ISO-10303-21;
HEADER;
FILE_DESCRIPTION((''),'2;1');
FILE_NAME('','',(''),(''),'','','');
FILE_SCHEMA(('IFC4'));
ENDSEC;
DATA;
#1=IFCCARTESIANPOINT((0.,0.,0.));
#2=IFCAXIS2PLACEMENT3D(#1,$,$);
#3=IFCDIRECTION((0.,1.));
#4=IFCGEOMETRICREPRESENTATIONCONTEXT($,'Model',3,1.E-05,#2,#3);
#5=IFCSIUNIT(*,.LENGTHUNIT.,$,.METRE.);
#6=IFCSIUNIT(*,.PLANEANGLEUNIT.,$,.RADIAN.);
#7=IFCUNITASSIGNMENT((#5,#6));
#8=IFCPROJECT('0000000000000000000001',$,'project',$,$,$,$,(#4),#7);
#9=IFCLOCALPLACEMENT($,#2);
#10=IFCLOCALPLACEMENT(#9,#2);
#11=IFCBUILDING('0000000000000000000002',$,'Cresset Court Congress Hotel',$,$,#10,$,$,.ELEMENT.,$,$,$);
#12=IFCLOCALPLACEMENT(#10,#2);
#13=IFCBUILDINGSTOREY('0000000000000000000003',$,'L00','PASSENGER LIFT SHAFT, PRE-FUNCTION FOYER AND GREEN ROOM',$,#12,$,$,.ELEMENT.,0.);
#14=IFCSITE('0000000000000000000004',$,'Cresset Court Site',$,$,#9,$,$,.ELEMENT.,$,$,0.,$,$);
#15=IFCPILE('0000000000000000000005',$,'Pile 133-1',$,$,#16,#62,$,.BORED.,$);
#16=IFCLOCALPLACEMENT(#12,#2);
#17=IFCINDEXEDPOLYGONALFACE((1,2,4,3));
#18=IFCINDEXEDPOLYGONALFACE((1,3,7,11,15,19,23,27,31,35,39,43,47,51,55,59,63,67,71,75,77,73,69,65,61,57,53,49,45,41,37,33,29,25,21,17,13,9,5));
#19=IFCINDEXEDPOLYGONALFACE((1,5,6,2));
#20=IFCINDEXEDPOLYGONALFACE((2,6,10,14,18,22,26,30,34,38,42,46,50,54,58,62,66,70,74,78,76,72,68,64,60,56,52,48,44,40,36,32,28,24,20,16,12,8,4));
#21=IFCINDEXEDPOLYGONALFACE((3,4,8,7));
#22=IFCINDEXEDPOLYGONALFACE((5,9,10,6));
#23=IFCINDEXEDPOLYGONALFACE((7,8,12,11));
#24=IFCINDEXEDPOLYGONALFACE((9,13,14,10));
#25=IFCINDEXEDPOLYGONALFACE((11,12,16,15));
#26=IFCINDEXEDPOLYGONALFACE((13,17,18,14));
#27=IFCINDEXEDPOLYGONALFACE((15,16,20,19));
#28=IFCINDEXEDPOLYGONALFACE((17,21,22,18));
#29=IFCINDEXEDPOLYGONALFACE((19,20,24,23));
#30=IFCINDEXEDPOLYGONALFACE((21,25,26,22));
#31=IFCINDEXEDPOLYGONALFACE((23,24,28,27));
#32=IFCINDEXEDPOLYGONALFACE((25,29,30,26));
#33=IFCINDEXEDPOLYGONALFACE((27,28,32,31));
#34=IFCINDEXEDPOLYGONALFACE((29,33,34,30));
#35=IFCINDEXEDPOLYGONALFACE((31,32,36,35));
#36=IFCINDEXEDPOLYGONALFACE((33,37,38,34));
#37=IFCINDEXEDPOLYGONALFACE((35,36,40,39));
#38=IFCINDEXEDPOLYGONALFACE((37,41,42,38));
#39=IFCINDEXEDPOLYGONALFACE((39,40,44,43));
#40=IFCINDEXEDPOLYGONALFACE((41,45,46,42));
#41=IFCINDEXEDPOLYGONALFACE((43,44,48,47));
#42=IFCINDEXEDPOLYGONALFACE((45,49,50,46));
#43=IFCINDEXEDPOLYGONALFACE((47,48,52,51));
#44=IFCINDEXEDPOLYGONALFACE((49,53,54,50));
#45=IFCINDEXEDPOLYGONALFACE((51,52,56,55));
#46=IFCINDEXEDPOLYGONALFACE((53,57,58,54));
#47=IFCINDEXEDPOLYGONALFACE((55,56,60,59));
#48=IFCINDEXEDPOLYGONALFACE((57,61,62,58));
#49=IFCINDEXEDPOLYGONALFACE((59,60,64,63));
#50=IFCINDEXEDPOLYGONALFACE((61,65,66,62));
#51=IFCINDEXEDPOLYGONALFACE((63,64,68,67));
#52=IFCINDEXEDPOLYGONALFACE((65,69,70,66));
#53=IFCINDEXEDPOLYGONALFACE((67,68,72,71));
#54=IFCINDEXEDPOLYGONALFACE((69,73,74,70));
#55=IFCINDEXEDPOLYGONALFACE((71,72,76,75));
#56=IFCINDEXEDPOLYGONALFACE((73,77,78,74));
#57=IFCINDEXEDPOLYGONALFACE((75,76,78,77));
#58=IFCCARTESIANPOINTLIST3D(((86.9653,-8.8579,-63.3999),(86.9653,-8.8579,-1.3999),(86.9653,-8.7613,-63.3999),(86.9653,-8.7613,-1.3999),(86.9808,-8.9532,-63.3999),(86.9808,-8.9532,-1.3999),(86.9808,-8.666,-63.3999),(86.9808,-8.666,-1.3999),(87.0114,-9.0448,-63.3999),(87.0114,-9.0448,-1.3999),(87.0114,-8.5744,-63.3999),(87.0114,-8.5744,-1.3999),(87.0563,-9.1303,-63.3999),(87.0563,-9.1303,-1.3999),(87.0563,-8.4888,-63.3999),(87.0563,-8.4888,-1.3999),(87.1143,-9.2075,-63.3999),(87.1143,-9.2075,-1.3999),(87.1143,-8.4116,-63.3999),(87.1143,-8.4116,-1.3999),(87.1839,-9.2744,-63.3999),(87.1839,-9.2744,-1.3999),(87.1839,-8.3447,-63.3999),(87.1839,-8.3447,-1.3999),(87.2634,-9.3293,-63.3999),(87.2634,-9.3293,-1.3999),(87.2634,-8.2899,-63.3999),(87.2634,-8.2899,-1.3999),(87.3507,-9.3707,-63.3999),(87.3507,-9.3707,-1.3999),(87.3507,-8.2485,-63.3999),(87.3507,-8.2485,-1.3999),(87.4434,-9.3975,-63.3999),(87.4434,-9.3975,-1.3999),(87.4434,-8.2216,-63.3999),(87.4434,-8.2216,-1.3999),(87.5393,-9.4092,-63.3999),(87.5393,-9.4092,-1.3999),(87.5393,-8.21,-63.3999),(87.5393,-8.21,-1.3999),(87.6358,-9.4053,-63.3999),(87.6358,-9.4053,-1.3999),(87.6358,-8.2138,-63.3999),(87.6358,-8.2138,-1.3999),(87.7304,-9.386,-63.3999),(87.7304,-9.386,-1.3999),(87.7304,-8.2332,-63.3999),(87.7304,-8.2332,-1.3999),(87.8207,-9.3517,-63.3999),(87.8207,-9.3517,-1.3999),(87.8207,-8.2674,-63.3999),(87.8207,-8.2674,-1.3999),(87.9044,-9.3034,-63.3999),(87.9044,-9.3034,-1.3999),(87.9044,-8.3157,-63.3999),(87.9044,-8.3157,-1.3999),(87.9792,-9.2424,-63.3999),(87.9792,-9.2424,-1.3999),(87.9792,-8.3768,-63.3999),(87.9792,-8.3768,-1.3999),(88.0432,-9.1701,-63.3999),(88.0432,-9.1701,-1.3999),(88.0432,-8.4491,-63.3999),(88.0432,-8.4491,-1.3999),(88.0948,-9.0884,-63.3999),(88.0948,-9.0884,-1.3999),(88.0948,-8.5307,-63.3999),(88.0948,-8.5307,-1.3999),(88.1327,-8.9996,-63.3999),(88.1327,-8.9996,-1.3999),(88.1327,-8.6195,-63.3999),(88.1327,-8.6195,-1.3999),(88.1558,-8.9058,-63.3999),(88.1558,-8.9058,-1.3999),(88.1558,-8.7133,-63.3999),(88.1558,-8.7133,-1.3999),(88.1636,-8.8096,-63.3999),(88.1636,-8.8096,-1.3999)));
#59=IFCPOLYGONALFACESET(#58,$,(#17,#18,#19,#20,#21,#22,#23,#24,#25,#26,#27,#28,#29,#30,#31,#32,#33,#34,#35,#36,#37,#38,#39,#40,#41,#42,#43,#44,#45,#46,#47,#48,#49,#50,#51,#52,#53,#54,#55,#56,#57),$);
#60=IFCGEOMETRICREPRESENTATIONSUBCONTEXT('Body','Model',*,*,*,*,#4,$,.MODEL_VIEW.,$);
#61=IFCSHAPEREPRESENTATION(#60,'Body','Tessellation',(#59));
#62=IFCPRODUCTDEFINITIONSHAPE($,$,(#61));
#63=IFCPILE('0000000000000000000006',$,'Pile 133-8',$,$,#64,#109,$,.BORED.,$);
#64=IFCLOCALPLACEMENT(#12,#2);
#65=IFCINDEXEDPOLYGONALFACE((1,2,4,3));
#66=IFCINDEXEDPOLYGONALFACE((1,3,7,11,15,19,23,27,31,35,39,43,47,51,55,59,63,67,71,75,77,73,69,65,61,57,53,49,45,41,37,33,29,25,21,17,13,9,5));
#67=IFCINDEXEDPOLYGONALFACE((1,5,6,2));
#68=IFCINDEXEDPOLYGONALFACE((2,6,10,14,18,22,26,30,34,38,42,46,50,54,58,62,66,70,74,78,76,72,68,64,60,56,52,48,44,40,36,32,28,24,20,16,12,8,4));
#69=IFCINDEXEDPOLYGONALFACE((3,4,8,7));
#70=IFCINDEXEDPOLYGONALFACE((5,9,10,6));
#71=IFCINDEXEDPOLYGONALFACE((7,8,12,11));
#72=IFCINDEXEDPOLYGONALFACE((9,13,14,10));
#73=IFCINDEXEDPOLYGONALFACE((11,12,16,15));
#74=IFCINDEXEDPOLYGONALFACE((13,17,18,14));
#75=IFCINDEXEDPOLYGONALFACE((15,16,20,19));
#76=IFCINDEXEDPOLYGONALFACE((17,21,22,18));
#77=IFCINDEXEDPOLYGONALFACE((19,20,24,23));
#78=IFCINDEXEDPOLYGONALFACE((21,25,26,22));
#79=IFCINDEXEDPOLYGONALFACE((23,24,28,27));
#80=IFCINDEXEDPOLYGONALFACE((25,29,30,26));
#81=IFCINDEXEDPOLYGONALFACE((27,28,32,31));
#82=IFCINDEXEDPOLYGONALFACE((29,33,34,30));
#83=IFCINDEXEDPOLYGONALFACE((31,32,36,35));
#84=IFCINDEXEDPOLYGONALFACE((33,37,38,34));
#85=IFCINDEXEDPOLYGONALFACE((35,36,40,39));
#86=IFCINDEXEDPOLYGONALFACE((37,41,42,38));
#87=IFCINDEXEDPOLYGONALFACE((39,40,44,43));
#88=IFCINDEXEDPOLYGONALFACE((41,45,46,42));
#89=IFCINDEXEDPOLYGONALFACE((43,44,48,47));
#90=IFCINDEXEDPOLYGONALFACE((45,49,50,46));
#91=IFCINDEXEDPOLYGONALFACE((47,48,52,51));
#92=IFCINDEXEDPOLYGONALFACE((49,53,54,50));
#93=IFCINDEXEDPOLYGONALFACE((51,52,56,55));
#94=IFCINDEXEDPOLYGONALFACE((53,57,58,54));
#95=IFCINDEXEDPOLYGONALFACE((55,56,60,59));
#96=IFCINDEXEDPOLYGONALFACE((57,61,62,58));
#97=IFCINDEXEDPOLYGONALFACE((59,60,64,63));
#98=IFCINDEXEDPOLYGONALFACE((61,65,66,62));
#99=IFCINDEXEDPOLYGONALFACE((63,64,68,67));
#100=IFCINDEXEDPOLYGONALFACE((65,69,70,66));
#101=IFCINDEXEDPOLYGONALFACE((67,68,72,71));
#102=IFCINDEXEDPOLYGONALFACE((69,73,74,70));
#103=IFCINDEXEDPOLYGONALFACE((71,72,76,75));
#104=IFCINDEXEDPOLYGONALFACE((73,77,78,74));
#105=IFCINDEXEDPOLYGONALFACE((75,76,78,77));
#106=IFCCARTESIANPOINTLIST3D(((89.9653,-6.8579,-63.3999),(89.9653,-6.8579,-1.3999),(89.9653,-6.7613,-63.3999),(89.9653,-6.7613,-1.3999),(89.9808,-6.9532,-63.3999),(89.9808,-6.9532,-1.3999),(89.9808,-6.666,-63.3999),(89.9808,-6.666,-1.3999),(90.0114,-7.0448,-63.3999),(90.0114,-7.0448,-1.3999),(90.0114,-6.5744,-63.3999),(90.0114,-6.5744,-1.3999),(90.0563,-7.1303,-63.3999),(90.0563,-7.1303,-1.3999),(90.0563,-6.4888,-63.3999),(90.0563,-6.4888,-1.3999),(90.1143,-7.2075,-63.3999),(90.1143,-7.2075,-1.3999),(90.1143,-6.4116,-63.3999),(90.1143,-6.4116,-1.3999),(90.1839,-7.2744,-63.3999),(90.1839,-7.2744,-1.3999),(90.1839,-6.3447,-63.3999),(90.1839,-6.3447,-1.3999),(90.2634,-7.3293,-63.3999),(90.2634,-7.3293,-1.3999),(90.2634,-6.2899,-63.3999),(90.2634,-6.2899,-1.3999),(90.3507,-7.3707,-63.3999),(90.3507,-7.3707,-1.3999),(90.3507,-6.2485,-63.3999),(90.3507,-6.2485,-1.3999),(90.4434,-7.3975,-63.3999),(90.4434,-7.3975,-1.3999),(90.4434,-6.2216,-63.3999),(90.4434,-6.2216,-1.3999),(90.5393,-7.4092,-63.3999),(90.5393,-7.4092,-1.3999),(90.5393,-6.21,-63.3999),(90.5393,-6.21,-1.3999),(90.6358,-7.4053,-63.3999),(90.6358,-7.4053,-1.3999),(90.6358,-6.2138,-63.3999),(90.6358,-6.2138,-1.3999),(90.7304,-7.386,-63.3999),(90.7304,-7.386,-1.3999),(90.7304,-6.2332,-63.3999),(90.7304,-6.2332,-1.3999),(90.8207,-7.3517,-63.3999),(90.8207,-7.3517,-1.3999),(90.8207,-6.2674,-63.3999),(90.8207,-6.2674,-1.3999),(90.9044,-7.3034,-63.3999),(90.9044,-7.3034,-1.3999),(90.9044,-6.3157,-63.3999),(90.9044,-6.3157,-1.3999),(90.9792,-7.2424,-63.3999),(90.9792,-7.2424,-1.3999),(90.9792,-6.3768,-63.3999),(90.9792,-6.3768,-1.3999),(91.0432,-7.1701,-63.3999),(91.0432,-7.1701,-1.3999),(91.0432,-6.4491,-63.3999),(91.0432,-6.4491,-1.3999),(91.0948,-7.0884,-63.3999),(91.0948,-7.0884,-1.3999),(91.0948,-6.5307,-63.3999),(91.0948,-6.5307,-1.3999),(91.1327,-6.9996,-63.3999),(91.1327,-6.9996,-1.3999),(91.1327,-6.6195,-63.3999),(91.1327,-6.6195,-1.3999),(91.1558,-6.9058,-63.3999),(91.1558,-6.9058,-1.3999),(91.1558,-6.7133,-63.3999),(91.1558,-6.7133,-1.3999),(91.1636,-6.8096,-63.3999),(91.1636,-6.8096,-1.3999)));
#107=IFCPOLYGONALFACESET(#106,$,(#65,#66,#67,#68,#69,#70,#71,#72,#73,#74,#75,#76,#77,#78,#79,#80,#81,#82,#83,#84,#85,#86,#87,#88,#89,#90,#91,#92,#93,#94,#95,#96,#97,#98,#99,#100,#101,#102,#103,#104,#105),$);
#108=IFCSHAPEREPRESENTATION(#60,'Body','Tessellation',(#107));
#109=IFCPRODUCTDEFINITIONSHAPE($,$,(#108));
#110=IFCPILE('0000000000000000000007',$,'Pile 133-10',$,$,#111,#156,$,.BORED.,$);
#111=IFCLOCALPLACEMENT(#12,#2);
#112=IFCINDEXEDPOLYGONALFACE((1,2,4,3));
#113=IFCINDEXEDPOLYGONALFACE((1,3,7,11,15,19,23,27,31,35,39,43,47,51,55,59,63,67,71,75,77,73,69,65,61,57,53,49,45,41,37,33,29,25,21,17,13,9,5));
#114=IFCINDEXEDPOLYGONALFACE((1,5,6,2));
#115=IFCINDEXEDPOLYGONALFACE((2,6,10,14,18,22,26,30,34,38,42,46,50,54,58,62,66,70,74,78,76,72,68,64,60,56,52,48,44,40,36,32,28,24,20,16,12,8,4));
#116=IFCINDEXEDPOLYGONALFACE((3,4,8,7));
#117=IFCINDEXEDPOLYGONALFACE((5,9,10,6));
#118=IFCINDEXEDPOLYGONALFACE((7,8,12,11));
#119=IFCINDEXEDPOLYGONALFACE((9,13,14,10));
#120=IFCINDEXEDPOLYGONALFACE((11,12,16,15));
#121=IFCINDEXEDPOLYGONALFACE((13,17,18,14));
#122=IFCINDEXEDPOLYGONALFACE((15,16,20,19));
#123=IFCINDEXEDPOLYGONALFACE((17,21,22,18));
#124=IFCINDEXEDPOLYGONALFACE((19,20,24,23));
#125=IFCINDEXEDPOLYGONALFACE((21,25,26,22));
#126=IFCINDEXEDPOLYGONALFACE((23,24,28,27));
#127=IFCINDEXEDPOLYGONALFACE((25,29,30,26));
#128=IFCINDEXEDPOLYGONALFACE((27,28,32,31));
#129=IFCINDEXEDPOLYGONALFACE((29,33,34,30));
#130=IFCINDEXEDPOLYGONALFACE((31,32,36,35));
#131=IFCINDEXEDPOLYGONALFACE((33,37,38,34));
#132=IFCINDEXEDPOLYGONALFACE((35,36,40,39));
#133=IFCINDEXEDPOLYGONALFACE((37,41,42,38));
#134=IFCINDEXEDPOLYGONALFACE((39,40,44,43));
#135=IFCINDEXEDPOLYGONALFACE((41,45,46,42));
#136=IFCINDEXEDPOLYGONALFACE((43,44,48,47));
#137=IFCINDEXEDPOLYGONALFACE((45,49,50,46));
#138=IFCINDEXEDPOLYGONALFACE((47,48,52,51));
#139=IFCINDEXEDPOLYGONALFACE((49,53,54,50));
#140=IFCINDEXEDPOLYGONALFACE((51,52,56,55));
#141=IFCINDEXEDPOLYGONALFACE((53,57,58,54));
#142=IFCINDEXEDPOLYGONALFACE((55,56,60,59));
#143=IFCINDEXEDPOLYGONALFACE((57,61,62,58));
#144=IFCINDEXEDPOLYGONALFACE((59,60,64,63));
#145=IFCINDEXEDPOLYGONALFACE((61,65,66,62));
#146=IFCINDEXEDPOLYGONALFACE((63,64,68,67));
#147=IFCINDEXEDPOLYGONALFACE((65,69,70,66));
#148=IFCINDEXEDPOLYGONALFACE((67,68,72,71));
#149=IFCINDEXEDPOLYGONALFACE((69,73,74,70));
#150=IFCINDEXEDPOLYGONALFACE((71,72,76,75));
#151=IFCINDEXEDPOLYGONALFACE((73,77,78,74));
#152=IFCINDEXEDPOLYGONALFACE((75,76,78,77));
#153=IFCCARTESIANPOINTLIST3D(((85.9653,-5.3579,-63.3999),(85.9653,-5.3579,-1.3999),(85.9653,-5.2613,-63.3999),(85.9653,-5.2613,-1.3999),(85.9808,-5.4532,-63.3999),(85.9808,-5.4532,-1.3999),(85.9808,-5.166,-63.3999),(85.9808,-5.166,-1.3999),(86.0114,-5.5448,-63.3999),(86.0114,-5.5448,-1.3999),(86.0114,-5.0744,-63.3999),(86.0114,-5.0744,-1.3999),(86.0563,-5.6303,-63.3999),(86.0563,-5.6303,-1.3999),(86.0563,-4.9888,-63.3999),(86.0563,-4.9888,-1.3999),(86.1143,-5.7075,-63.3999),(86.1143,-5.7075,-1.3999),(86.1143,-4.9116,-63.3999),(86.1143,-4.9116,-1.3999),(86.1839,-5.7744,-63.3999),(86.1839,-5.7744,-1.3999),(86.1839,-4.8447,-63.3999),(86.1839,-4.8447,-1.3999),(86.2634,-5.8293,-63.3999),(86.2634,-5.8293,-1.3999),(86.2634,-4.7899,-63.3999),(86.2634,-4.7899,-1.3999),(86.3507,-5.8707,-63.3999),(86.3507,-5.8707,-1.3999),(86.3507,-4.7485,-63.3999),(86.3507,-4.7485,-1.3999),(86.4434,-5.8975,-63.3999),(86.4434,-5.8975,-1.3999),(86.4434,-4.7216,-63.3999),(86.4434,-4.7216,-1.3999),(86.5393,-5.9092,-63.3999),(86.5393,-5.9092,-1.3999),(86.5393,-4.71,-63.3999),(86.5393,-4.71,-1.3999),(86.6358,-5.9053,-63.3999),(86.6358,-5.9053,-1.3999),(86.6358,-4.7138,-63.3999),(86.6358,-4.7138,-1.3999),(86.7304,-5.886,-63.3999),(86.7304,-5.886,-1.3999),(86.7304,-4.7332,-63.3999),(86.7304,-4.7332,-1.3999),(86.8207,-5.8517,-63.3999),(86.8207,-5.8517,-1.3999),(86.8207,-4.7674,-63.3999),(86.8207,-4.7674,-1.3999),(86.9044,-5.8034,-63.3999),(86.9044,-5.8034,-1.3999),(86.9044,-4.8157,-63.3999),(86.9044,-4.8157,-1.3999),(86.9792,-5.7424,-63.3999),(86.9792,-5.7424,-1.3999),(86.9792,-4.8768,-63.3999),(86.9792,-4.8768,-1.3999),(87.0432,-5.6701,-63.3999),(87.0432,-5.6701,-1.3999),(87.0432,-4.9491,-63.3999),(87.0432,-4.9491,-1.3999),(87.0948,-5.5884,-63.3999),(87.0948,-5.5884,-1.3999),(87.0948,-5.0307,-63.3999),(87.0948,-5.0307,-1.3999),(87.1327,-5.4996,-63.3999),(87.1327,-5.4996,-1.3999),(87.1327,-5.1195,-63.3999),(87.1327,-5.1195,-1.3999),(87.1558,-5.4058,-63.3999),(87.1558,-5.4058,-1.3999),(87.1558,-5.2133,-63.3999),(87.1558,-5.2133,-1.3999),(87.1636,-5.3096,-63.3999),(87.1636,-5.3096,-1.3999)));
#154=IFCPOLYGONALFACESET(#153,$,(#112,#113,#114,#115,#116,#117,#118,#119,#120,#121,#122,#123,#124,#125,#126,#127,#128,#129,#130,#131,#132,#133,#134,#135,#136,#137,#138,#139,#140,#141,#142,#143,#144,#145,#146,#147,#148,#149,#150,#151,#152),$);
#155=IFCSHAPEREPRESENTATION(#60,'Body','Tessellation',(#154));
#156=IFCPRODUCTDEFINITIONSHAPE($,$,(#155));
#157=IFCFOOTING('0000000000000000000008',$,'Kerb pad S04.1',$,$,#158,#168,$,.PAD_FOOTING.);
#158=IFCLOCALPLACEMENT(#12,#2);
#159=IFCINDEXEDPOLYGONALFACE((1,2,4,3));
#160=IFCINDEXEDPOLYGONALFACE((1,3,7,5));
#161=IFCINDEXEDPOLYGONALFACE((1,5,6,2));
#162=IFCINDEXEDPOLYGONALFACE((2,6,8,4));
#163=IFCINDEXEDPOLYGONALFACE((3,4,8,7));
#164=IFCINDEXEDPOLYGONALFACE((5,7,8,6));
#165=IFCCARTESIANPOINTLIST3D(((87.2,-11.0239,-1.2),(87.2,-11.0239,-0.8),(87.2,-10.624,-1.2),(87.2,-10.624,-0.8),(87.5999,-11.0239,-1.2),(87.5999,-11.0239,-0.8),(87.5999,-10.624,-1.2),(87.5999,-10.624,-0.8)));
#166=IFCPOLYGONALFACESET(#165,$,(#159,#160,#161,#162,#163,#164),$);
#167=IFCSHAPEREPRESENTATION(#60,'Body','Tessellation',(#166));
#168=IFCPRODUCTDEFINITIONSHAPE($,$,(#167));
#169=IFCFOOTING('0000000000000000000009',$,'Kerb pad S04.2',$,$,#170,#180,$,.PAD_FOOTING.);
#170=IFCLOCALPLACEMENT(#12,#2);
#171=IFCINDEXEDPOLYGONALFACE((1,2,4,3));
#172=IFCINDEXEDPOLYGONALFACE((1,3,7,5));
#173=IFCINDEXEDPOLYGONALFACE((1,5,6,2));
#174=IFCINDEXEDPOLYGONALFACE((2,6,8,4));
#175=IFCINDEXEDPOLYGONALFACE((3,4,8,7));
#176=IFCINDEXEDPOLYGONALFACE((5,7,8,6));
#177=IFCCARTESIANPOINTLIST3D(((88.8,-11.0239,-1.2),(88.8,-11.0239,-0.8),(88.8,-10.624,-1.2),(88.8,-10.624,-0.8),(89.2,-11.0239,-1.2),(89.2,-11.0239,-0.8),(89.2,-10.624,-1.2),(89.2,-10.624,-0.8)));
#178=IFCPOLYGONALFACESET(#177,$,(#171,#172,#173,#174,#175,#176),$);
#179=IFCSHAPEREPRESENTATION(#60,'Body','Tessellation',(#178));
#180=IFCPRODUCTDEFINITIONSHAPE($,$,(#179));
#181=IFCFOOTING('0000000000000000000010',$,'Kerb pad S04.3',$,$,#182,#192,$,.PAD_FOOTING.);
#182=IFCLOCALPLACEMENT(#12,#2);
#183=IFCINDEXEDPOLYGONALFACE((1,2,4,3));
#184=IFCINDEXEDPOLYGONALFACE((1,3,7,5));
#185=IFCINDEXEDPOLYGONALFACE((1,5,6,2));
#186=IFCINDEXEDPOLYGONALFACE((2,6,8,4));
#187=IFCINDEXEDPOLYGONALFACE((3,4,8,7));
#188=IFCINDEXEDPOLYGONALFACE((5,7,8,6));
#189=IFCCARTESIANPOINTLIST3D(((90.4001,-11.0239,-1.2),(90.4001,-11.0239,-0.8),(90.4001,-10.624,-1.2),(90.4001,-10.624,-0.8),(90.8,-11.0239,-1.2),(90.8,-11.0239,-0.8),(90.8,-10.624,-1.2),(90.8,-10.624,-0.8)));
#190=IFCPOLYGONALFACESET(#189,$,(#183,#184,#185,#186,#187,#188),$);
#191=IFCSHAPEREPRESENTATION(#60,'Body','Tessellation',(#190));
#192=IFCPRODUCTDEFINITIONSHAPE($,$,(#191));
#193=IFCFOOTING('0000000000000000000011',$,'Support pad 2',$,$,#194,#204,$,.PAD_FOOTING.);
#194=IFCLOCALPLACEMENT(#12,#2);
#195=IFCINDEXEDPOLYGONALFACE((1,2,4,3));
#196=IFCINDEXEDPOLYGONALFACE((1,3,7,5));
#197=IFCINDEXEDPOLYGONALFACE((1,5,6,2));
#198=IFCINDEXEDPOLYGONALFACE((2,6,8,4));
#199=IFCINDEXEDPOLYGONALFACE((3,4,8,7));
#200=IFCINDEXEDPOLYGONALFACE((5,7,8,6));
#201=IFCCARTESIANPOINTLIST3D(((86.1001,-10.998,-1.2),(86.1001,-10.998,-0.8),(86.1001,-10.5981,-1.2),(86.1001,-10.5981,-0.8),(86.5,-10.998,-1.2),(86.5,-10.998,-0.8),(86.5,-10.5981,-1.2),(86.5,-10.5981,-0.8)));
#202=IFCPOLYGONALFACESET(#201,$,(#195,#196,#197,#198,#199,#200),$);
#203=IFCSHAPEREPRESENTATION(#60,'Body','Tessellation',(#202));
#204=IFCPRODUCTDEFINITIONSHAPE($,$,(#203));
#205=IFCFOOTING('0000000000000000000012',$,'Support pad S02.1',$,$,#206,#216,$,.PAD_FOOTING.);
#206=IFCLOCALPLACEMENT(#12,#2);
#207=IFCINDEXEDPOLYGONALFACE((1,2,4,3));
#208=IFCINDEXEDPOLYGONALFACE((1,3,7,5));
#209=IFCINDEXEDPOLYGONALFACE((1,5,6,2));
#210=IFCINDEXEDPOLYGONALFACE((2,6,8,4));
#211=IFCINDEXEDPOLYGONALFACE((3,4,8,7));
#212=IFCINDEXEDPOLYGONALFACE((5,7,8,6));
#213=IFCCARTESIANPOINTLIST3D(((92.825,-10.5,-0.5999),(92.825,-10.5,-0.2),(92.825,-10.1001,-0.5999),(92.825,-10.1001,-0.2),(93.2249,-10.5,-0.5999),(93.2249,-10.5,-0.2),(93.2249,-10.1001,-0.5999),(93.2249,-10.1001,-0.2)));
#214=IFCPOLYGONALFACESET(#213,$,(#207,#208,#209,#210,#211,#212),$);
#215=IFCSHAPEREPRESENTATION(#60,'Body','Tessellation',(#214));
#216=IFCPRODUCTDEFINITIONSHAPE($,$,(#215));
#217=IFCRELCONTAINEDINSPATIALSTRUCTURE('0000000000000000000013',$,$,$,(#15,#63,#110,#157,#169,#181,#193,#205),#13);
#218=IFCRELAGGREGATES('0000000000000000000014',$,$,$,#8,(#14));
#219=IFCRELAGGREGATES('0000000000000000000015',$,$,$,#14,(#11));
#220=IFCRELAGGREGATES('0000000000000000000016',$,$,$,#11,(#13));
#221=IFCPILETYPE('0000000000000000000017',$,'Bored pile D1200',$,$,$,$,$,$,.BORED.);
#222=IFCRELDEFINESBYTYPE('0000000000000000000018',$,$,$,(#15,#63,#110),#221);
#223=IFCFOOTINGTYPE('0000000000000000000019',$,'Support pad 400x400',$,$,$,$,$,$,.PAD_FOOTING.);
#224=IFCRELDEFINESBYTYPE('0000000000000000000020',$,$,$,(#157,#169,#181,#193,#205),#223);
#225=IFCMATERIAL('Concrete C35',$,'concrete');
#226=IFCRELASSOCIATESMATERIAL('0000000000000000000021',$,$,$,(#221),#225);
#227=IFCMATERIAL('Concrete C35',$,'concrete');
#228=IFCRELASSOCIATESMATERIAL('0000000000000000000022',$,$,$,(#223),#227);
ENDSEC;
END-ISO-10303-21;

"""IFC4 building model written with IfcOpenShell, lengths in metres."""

from ifc_helpers import new_model, si_unit, direction, frame, origin, origin_2d, place, context, subcontext, project, spatial, rectangle, circle, extrude, material, type_object, element, save


model = new_model("IFC4")

# Units and contexts
model_context = context("Model", 3, precision=1e-05, world=origin(), true_north=direction((0.0, 1.0)))
body_context = subcontext(model_context, "Body", "Model", "MODEL_VIEW")
ifc_project = project(units=[si_unit("LENGTHUNIT", "METRE"), si_unit("PLANEANGLEUNIT", "RADIAN")], contexts=[model_context])

# Site, building, storey
site_placement = place(None, origin())
site = spatial("IfcSite", under=ifc_project, at=site_placement, Name="Cresset Court Site", CompositionType="ELEMENT", RefElevation=0.0)
building_placement = place(site_placement, origin())
building = spatial("IfcBuilding", under=site, at=building_placement, Name="Cresset Court Congress Hotel", CompositionType="ELEMENT")
storey_placement = place(building_placement, origin())
storey = spatial("IfcBuildingStorey", under=building, at=storey_placement, Name="L00", Description="PASSENGER LIFT SHAFT, PRE-FUNCTION FOYER AND GREEN ROOM", CompositionType="ELEMENT", Elevation=0.0)

# Piles
ifc_material_1 = material(Name="Concrete C35", Category="concrete")
pile_type = type_object("IfcPileType", Name="Bored pile D1200", PredefinedType="BORED", material=ifc_material_1)
for number, where, z_axis, x_axis, name in (
    (1, (87.5635, -8.8096, -1.3999), (0.0, 0.0, -1.0), (1.0, 0.0, 0.0), "Pile 133-1"),
    (2, (90.5635, -6.8096, -1.3999), (0.0, 0.0, -1.0), (1.0, 0.0, 0.0), "Pile 133-8"),
    (3, (86.5635, -5.3096, -1.3999), (0.0, 0.0, -1.0), (1.0, 0.0, 0.0), "Pile 133-10"),
):
    element("IfcPile", number, at=place(storey_placement, frame(where, z_axis=z_axis, x_axis=x_axis)), inside=storey, type_object=pile_type, Name=name, PredefinedType="BORED", context=body_context, shape_type="SweptSolid", body=[
        extrude(circle(Radius=0.6001, at=origin_2d()), origin(), (0.0, 0.0, 1.0), 62.0),
    ])

# Footings
ifc_material_2 = material(Name="Concrete C35", Category="concrete")
footing_type = type_object("IfcFootingType", Name="Support pad 400x400", PredefinedType="PAD_FOOTING", material=ifc_material_2)
for number, where, z_axis, x_axis, name in (
    (4, (87.3999, -10.824, -1.2), (0.0, 0.0, 1.0), (1.0, 0.0, 0.0), "Kerb pad S04.1"),
    (5, (89.0, -10.824, -1.2), (0.0, 0.0, 1.0), (1.0, 0.0, 0.0), "Kerb pad S04.2"),
    (6, (90.6001, -10.824, -1.2), (0.0, 0.0, 1.0), (1.0, 0.0, 0.0), "Kerb pad S04.3"),
    (7, (86.3, -10.7981, -1.2), (0.0, 0.0, 1.0), (1.0, 0.0, 0.0), "Support pad 2"),
    (8, (93.0249, -10.3, -0.5999), (0.0, 0.0, 1.0), (1.0, 0.0, 0.0), "Support pad S02.1"),
):
    element("IfcFooting", number, at=place(storey_placement, frame(where, z_axis=z_axis, x_axis=x_axis)), inside=storey, type_object=footing_type, Name=name, PredefinedType="PAD_FOOTING", context=body_context, shape_type="SweptSolid", body=[
        extrude(rectangle(XDim=0.3999, YDim=0.3999, at=origin_2d()), origin(), (0.0, 0.0, 1.0), 0.3999),
    ])

save(model, "model.ifc")
